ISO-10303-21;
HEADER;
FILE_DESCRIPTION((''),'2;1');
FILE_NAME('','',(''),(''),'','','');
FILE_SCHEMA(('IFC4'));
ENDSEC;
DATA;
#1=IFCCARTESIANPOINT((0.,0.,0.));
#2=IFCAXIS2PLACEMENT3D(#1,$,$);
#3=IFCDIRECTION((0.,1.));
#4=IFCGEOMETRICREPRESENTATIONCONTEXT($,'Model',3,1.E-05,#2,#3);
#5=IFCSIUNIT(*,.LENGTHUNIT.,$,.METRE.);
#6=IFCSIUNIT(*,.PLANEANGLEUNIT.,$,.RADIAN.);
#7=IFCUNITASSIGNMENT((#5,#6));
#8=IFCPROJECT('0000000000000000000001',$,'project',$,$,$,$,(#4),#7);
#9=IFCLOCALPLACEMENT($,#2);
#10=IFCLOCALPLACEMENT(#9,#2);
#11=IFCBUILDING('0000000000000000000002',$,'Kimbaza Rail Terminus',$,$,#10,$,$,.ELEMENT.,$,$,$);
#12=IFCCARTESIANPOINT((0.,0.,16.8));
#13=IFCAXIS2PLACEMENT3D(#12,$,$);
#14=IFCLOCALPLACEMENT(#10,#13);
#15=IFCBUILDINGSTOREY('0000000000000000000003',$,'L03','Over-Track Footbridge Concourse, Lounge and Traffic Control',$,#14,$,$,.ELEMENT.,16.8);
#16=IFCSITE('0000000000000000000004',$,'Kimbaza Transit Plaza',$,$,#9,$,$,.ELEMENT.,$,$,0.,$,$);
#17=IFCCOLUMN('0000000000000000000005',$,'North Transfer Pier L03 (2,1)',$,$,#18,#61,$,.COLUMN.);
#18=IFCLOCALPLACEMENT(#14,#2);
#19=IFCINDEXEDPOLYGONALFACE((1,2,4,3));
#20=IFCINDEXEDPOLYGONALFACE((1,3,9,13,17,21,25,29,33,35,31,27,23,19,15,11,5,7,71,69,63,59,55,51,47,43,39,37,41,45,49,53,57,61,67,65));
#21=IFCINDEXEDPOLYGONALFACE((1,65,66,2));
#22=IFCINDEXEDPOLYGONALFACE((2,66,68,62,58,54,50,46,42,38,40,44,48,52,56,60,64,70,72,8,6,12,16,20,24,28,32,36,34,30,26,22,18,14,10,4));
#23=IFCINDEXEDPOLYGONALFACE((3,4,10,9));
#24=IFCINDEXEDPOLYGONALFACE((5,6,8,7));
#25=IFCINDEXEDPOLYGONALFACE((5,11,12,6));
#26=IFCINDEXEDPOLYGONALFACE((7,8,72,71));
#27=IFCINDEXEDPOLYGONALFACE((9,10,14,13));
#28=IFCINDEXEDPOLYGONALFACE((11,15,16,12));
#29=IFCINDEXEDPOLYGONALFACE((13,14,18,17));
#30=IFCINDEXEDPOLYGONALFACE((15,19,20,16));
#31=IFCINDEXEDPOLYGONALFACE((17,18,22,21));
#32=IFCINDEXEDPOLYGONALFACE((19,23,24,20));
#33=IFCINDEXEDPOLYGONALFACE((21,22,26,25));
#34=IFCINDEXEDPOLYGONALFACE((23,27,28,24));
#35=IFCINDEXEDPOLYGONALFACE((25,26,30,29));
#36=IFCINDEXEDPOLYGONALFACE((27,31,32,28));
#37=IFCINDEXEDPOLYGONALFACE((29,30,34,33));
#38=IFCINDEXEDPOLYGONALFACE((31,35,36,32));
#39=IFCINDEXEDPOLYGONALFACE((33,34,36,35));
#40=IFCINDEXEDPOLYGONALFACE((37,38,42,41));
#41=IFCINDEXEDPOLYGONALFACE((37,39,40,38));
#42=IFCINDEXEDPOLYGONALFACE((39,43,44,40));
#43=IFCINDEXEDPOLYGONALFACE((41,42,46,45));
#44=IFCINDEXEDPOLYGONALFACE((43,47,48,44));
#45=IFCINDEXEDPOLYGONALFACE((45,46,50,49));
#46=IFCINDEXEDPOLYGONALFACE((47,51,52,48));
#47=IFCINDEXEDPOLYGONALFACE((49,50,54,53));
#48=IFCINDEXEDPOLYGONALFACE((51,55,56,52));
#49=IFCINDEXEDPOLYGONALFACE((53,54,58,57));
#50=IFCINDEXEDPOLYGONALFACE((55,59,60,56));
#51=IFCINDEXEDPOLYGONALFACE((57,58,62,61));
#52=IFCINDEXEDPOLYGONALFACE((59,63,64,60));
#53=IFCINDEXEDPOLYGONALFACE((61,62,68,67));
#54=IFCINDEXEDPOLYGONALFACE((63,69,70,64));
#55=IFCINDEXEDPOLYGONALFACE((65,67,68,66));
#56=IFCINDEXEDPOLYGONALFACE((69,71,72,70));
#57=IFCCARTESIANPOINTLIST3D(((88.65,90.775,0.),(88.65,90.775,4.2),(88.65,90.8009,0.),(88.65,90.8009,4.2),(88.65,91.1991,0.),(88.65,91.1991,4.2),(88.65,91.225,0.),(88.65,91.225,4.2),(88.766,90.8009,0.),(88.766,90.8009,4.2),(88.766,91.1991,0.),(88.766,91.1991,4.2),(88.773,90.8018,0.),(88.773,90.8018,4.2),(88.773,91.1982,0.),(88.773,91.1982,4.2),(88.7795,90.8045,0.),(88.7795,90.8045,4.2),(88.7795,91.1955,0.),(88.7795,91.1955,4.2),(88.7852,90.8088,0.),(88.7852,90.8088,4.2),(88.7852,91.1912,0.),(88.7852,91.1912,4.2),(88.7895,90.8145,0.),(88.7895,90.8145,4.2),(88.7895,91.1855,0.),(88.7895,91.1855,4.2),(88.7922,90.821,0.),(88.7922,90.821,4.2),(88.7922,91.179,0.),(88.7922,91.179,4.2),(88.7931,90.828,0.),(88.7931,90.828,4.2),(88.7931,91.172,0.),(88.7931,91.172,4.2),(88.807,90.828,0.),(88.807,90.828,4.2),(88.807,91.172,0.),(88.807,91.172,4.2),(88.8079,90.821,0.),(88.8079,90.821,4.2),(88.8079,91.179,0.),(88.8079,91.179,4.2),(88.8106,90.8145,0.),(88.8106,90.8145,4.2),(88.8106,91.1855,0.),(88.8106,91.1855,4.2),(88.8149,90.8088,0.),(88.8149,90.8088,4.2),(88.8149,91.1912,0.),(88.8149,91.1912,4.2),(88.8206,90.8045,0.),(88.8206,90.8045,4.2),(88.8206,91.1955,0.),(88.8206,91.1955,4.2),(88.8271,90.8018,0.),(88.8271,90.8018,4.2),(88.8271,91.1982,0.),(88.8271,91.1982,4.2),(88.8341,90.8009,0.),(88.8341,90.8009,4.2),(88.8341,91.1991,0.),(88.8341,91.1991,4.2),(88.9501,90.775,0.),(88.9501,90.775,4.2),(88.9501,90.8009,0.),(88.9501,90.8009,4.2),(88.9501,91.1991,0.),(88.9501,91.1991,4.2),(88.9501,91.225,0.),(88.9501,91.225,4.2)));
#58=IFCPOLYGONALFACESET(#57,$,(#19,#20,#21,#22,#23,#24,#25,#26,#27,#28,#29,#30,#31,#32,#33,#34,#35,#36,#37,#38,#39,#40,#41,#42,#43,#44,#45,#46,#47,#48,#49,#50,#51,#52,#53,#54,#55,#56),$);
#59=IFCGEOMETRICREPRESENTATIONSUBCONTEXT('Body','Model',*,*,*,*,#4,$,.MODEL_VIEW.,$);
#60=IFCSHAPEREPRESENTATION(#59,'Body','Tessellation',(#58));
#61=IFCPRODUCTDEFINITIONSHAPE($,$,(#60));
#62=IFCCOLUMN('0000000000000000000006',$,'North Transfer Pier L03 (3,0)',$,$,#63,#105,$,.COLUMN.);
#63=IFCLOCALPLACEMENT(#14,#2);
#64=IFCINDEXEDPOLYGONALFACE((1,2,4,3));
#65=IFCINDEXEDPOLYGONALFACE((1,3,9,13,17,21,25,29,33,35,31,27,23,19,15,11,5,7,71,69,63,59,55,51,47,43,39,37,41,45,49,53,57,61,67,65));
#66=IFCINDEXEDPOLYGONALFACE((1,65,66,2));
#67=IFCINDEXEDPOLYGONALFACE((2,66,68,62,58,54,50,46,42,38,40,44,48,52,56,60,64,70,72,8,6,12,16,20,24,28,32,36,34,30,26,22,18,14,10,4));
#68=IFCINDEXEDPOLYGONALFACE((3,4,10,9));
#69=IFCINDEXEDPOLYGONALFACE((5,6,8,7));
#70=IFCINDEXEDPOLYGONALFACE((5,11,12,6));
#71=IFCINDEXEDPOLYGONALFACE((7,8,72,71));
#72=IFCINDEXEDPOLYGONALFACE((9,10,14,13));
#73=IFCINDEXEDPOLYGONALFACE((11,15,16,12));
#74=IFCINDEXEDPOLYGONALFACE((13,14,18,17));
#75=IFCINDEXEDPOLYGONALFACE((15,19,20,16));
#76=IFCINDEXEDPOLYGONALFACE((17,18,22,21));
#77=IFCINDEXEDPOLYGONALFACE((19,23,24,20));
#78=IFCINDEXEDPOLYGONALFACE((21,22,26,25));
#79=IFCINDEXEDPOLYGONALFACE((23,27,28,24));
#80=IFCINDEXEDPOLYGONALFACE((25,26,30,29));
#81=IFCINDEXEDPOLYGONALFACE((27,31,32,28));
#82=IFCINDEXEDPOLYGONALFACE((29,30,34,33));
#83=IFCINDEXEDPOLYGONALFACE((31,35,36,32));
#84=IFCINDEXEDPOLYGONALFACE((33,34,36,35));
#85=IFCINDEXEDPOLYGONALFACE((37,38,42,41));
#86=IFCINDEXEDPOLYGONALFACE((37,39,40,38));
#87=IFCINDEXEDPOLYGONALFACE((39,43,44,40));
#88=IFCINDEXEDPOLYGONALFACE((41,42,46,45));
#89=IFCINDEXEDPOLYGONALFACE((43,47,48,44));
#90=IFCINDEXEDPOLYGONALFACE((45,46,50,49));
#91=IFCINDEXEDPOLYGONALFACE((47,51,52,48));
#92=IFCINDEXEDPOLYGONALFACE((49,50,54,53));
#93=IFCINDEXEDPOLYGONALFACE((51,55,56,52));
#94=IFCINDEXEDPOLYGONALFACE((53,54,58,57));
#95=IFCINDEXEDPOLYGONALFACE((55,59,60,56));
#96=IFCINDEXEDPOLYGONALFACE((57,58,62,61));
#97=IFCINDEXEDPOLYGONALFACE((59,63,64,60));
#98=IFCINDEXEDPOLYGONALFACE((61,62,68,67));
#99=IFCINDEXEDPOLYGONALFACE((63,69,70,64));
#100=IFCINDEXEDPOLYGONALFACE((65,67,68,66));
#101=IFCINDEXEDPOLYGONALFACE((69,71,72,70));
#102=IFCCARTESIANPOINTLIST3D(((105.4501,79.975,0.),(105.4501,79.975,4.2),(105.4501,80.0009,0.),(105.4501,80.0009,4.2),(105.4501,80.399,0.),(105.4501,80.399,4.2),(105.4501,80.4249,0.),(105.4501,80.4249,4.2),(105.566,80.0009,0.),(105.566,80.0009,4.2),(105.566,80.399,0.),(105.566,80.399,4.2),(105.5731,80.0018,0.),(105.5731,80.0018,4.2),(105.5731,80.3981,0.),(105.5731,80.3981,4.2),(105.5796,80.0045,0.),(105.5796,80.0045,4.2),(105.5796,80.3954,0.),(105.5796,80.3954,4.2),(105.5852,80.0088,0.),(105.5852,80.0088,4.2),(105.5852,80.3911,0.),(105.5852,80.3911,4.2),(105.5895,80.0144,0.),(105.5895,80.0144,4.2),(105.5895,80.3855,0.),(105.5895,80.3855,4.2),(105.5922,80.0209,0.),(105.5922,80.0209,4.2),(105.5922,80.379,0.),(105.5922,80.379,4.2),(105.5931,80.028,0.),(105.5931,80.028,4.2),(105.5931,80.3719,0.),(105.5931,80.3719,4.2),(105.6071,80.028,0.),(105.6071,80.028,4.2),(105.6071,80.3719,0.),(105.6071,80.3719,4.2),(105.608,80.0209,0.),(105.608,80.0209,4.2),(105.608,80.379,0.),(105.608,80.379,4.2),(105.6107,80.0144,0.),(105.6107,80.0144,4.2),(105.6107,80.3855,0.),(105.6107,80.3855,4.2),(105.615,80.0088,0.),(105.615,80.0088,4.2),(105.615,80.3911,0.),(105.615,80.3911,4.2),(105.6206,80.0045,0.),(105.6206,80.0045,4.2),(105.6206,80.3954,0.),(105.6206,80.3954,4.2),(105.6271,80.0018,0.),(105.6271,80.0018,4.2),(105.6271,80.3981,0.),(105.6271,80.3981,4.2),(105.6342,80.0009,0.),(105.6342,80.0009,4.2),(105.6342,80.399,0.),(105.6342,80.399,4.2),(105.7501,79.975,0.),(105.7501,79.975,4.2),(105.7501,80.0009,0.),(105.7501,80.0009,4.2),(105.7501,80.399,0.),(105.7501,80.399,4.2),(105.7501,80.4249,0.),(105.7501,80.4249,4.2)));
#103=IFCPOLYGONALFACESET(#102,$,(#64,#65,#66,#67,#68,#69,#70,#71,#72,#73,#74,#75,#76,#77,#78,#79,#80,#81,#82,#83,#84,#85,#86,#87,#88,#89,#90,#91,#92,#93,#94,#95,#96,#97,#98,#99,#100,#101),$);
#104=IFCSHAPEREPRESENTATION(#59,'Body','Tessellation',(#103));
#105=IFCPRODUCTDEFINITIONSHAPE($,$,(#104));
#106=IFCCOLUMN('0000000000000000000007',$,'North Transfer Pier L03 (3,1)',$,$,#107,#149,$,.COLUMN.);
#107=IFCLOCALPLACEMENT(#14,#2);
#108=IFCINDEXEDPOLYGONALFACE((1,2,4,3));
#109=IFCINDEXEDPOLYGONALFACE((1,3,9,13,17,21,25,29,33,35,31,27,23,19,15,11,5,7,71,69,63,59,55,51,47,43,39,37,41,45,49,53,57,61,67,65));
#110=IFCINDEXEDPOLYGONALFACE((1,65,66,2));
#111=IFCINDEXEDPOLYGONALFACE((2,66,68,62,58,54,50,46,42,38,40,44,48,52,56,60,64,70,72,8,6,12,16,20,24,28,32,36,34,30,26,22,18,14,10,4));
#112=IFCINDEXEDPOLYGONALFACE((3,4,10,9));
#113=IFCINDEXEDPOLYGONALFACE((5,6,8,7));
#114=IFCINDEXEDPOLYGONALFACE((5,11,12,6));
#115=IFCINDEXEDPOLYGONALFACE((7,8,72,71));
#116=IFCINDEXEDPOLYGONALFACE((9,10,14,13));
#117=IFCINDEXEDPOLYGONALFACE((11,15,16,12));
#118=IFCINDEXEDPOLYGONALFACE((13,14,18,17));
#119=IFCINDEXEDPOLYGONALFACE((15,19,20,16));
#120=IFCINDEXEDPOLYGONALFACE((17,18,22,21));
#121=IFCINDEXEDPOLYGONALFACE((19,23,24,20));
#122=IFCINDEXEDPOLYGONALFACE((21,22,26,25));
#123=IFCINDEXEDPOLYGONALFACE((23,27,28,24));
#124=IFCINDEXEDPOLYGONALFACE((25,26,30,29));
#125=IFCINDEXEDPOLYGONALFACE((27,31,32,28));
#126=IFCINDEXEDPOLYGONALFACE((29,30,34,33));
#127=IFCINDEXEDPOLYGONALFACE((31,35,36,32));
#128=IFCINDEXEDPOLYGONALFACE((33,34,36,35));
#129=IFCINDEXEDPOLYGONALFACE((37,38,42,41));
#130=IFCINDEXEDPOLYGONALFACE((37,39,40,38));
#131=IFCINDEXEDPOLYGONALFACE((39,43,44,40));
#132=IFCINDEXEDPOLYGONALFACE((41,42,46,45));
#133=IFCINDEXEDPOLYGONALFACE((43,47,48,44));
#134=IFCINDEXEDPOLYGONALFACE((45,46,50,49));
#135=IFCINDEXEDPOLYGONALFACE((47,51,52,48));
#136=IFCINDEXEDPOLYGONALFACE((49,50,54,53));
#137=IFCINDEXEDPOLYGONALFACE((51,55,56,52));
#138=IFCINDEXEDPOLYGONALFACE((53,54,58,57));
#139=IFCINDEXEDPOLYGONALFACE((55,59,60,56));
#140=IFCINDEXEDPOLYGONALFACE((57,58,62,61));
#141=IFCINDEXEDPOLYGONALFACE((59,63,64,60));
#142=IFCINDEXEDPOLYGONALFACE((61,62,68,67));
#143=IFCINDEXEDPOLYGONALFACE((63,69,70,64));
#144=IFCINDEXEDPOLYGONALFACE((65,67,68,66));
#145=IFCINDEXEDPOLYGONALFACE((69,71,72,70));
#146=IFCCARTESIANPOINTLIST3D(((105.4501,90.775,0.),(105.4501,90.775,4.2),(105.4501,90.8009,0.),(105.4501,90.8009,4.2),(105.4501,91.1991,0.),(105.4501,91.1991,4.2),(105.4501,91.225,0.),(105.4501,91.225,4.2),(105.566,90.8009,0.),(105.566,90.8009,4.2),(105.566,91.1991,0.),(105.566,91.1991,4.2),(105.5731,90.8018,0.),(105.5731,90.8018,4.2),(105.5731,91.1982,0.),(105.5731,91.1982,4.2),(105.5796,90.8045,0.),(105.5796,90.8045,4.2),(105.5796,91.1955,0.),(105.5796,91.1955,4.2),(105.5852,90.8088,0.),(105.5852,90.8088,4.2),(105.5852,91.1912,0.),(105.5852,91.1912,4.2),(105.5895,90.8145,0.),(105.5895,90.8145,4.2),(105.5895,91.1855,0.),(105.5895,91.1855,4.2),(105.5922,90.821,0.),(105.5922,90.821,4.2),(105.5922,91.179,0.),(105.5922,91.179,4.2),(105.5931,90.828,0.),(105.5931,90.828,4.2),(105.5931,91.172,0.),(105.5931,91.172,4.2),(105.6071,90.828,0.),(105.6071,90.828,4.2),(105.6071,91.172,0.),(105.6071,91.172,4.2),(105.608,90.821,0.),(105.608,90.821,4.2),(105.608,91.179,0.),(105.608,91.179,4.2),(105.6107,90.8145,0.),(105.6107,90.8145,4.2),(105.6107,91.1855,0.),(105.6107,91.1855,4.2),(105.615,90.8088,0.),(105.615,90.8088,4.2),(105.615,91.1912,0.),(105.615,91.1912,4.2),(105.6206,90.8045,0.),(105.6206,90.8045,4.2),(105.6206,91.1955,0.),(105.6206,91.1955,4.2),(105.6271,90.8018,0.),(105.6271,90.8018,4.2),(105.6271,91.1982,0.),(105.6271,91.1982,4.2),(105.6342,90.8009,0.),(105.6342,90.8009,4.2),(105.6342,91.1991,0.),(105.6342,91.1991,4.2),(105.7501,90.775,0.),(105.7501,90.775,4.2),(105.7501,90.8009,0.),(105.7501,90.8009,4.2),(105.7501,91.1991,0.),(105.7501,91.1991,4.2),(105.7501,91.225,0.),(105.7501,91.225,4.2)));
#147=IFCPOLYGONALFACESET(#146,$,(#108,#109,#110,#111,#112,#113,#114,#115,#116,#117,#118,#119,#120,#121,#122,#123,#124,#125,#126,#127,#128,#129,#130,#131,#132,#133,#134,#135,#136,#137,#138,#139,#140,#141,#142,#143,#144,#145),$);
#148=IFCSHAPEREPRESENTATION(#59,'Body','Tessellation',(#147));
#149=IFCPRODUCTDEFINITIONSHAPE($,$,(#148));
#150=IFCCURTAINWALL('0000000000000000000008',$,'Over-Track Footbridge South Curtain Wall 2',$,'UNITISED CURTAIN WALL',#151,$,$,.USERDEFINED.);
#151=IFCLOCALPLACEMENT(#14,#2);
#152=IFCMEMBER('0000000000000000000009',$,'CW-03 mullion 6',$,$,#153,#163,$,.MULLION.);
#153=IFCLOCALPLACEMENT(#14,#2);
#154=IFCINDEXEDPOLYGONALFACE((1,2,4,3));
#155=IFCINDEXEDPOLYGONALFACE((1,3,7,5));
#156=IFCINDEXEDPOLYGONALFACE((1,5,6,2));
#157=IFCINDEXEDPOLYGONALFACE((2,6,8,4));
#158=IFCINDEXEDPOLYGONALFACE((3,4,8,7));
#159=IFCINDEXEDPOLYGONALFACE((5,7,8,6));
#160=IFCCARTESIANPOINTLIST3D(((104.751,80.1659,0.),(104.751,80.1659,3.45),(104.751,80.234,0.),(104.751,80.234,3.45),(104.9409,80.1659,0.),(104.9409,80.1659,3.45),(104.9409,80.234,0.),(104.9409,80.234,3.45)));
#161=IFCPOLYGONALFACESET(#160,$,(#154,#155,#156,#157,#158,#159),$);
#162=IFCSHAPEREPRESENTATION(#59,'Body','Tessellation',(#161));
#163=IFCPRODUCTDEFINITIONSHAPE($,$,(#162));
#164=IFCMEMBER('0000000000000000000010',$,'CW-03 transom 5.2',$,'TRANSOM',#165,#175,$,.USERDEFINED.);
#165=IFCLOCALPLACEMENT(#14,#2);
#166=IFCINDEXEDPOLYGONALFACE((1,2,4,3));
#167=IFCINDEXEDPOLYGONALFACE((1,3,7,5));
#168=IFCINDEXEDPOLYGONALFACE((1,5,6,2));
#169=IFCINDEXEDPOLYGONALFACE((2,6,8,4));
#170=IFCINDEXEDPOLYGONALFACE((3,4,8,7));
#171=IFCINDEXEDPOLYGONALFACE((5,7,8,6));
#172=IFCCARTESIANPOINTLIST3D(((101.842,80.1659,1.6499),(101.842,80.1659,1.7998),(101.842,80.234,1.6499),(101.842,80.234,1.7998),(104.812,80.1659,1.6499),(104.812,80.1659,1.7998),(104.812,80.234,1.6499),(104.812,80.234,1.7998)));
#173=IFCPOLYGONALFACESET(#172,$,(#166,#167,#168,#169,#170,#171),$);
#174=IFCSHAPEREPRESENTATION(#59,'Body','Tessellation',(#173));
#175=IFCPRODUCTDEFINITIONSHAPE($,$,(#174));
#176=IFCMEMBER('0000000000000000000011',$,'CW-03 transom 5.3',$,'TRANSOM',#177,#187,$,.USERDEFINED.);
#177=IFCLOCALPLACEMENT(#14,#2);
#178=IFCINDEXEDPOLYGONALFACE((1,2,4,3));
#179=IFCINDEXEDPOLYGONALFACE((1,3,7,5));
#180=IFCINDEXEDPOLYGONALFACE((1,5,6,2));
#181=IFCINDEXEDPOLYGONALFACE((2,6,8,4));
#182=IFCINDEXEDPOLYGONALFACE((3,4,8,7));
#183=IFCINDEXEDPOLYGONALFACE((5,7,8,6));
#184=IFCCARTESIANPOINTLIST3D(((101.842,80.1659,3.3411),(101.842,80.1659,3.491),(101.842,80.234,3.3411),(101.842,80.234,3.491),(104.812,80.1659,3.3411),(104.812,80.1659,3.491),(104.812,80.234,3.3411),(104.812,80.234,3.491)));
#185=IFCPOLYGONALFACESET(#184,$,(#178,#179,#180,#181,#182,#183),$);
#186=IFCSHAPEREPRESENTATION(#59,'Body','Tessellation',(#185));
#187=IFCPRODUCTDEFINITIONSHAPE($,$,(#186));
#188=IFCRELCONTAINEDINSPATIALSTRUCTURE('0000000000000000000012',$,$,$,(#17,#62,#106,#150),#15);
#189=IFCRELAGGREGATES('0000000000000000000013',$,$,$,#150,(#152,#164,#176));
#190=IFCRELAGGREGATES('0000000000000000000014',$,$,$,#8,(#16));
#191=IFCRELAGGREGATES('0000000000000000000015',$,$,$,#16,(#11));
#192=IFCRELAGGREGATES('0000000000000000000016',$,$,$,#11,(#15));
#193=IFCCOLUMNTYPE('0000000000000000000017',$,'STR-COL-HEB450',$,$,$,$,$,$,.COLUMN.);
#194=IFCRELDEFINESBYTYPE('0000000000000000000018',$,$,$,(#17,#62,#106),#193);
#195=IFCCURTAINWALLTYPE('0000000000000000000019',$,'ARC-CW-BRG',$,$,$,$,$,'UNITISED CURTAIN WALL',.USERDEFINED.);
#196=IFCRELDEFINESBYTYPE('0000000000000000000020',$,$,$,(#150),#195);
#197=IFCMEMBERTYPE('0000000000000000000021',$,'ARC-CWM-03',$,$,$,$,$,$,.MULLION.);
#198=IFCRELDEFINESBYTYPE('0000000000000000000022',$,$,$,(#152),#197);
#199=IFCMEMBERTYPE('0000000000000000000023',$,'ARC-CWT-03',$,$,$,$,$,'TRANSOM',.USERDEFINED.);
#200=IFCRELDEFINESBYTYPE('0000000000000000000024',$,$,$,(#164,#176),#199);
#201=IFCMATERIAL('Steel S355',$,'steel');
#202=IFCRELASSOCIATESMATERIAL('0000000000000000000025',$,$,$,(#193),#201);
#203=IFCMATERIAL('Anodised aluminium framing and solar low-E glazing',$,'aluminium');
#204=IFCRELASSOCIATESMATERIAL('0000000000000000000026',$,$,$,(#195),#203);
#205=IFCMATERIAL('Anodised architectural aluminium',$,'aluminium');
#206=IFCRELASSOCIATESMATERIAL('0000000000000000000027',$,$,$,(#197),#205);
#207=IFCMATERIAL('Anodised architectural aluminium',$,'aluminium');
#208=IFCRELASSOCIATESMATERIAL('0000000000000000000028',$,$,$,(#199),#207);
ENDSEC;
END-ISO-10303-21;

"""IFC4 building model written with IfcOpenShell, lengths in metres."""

from ifc_helpers import new_model, si_unit, direction, frame, origin, origin_2d, place, context, subcontext, project, spatial, rectangle, i_section, extrude, material, material_profile, profile_set, type_object, element, aggregate, save


model = new_model("IFC4")

# Units and contexts
model_context = context("Model", 3, precision=1e-05, world=origin(), true_north=direction((0.0, 1.0)))
body_context = subcontext(model_context, "Body", "Model", "MODEL_VIEW")
ifc_project = project(units=[si_unit("LENGTHUNIT", "METRE"), si_unit("PLANEANGLEUNIT", "RADIAN")], contexts=[model_context])

# Site, building, storey
site_placement = place(None, origin())
site = spatial("IfcSite", under=ifc_project, at=site_placement, Name="Kimbaza Transit Plaza", CompositionType="ELEMENT", RefElevation=0.0)
building_placement = place(site_placement, origin())
building = spatial("IfcBuilding", under=site, at=building_placement, Name="Kimbaza Rail Terminus", CompositionType="ELEMENT")
storey_placement = place(building_placement, frame((0.0, 0.0, 16.8)))
storey = spatial("IfcBuildingStorey", under=building, at=storey_placement, Name="L03", Description="Over-Track Footbridge Concourse, Lounge and Traffic Control", CompositionType="ELEMENT", Elevation=16.8)

# Columns
ifc_material_1 = material(Name="Steel S355", Category="steel")
ifc_material_profile_1 = material_profile(ifc_material_1, i_section(OverallWidth=0.3, OverallDepth=0.45, WebThickness=0.0139, FlangeThickness=0.0259, FilletRadius=0.0271, at=origin_2d()), Name="HEB 450")
ifc_profile_set_1 = profile_set([ifc_material_profile_1], Name="Steel S355")
column_type = type_object("IfcColumnType", Name="STR-COL-HEB450", PredefinedType="COLUMN", material=ifc_profile_set_1)
for number, where, z_axis, x_axis, name in (
    (1, (88.8, 91.0, 0.0), (0.0, 0.0, 1.0), (1.0, 0.0, 0.0), "North Transfer Pier L03 (2,1)"),
    (2, (105.6001, 80.2, 0.0), (0.0, 0.0, 1.0), (1.0, 0.0, 0.0), "North Transfer Pier L03 (3,0)"),
    (3, (105.6001, 91.0, 0.0), (0.0, 0.0, 1.0), (1.0, 0.0, 0.0), "North Transfer Pier L03 (3,1)"),
):
    element("IfcColumn", number, at=place(storey_placement, frame(where, z_axis=z_axis, x_axis=x_axis)), inside=storey, type_object=column_type, Name=name, PredefinedType="COLUMN", context=body_context, shape_type="SweptSolid", body=[
        extrude(i_section(OverallWidth=0.3, OverallDepth=0.45, WebThickness=0.0139, FlangeThickness=0.0259, FilletRadius=0.0271, at=origin_2d()), origin(), (0.0, 0.0, 1.0), 4.2),
    ])

# Curtain wall, members
ifc_material_2 = material(Name="Anodised aluminium framing and solar low-E glazing", Category="aluminium")
curtain_wall_type = type_object("IfcCurtainWallType", Name="ARC-CW-BRG", ElementType="UNITISED CURTAIN WALL", PredefinedType="USERDEFINED", material=ifc_material_2)
curtain_wall_placement = place(storey_placement, origin())
curtain_wall = element("IfcCurtainWall", 4, at=curtain_wall_placement, inside=storey, type_object=curtain_wall_type, Name="Over-Track Footbridge South Curtain Wall 2", ObjectType="UNITISED CURTAIN WALL", PredefinedType="USERDEFINED")
ifc_material_3 = material(Name="Anodised architectural aluminium", Category="aluminium")
ifc_material_profile_2 = material_profile(ifc_material_3, rectangle(XDim=0.0681, YDim=0.1899, at=origin_2d()), Name="MULLION 68x190")
ifc_profile_set_2 = profile_set([ifc_material_profile_2], Name="Anodised architectural aluminium")
member_type_1 = type_object("IfcMemberType", Name="ARC-CWM-03", PredefinedType="MULLION", material=ifc_profile_set_2)
member_1_placement = place(storey_placement, frame((104.8459, 80.2, 0.0), z_axis=(0.0, 0.0, 1.0), x_axis=(0.0, 1.0, 0.0)))
member_1 = element("IfcMember", 5, at=member_1_placement, type_object=member_type_1, Name="CW-03 mullion 6", PredefinedType="MULLION", context=body_context, shape_type="SweptSolid", body=[
    extrude(rectangle(XDim=0.0681, YDim=0.1899, at=origin_2d()), origin(), (0.0, 0.0, 1.0), 3.45),
])
ifc_material_4 = material(Name="Anodised architectural aluminium", Category="aluminium")
ifc_material_profile_3 = material_profile(ifc_material_4, rectangle(XDim=0.0681, YDim=0.1499, at=origin_2d()), Name="TRANSOM 68x150")
ifc_profile_set_3 = profile_set([ifc_material_profile_3], Name="Anodised architectural aluminium")
member_type_2 = type_object("IfcMemberType", Name="ARC-CWT-03", ElementType="TRANSOM", PredefinedType="USERDEFINED", material=ifc_profile_set_3)
member_2_placement = place(storey_placement, frame((101.842, 80.2, 1.7249), z_axis=(1.0, 0.0, 0.0), x_axis=(0.0, 1.0, 0.0)))
member_2 = element("IfcMember", 6, at=member_2_placement, type_object=member_type_2, Name="CW-03 transom 5.2", ObjectType="TRANSOM", PredefinedType="USERDEFINED", context=body_context, shape_type="SweptSolid", body=[
    extrude(rectangle(XDim=0.0681, YDim=0.1499, at=origin_2d()), origin(), (0.0, 0.0, 1.0), 2.97),
])
member_3_placement = place(storey_placement, frame((101.842, 80.2, 3.416), z_axis=(1.0, 0.0, 0.0), x_axis=(0.0, 1.0, 0.0)))
member_3 = element("IfcMember", 7, at=member_3_placement, type_object=member_type_2, Name="CW-03 transom 5.3", ObjectType="TRANSOM", PredefinedType="USERDEFINED", context=body_context, shape_type="SweptSolid", body=[
    extrude(rectangle(XDim=0.0681, YDim=0.1499, at=origin_2d()), origin(), (0.0, 0.0, 1.0), 2.97),
])

aggregate(curtain_wall, [member_1, member_2, member_3])

save(model, "model.ifc")
